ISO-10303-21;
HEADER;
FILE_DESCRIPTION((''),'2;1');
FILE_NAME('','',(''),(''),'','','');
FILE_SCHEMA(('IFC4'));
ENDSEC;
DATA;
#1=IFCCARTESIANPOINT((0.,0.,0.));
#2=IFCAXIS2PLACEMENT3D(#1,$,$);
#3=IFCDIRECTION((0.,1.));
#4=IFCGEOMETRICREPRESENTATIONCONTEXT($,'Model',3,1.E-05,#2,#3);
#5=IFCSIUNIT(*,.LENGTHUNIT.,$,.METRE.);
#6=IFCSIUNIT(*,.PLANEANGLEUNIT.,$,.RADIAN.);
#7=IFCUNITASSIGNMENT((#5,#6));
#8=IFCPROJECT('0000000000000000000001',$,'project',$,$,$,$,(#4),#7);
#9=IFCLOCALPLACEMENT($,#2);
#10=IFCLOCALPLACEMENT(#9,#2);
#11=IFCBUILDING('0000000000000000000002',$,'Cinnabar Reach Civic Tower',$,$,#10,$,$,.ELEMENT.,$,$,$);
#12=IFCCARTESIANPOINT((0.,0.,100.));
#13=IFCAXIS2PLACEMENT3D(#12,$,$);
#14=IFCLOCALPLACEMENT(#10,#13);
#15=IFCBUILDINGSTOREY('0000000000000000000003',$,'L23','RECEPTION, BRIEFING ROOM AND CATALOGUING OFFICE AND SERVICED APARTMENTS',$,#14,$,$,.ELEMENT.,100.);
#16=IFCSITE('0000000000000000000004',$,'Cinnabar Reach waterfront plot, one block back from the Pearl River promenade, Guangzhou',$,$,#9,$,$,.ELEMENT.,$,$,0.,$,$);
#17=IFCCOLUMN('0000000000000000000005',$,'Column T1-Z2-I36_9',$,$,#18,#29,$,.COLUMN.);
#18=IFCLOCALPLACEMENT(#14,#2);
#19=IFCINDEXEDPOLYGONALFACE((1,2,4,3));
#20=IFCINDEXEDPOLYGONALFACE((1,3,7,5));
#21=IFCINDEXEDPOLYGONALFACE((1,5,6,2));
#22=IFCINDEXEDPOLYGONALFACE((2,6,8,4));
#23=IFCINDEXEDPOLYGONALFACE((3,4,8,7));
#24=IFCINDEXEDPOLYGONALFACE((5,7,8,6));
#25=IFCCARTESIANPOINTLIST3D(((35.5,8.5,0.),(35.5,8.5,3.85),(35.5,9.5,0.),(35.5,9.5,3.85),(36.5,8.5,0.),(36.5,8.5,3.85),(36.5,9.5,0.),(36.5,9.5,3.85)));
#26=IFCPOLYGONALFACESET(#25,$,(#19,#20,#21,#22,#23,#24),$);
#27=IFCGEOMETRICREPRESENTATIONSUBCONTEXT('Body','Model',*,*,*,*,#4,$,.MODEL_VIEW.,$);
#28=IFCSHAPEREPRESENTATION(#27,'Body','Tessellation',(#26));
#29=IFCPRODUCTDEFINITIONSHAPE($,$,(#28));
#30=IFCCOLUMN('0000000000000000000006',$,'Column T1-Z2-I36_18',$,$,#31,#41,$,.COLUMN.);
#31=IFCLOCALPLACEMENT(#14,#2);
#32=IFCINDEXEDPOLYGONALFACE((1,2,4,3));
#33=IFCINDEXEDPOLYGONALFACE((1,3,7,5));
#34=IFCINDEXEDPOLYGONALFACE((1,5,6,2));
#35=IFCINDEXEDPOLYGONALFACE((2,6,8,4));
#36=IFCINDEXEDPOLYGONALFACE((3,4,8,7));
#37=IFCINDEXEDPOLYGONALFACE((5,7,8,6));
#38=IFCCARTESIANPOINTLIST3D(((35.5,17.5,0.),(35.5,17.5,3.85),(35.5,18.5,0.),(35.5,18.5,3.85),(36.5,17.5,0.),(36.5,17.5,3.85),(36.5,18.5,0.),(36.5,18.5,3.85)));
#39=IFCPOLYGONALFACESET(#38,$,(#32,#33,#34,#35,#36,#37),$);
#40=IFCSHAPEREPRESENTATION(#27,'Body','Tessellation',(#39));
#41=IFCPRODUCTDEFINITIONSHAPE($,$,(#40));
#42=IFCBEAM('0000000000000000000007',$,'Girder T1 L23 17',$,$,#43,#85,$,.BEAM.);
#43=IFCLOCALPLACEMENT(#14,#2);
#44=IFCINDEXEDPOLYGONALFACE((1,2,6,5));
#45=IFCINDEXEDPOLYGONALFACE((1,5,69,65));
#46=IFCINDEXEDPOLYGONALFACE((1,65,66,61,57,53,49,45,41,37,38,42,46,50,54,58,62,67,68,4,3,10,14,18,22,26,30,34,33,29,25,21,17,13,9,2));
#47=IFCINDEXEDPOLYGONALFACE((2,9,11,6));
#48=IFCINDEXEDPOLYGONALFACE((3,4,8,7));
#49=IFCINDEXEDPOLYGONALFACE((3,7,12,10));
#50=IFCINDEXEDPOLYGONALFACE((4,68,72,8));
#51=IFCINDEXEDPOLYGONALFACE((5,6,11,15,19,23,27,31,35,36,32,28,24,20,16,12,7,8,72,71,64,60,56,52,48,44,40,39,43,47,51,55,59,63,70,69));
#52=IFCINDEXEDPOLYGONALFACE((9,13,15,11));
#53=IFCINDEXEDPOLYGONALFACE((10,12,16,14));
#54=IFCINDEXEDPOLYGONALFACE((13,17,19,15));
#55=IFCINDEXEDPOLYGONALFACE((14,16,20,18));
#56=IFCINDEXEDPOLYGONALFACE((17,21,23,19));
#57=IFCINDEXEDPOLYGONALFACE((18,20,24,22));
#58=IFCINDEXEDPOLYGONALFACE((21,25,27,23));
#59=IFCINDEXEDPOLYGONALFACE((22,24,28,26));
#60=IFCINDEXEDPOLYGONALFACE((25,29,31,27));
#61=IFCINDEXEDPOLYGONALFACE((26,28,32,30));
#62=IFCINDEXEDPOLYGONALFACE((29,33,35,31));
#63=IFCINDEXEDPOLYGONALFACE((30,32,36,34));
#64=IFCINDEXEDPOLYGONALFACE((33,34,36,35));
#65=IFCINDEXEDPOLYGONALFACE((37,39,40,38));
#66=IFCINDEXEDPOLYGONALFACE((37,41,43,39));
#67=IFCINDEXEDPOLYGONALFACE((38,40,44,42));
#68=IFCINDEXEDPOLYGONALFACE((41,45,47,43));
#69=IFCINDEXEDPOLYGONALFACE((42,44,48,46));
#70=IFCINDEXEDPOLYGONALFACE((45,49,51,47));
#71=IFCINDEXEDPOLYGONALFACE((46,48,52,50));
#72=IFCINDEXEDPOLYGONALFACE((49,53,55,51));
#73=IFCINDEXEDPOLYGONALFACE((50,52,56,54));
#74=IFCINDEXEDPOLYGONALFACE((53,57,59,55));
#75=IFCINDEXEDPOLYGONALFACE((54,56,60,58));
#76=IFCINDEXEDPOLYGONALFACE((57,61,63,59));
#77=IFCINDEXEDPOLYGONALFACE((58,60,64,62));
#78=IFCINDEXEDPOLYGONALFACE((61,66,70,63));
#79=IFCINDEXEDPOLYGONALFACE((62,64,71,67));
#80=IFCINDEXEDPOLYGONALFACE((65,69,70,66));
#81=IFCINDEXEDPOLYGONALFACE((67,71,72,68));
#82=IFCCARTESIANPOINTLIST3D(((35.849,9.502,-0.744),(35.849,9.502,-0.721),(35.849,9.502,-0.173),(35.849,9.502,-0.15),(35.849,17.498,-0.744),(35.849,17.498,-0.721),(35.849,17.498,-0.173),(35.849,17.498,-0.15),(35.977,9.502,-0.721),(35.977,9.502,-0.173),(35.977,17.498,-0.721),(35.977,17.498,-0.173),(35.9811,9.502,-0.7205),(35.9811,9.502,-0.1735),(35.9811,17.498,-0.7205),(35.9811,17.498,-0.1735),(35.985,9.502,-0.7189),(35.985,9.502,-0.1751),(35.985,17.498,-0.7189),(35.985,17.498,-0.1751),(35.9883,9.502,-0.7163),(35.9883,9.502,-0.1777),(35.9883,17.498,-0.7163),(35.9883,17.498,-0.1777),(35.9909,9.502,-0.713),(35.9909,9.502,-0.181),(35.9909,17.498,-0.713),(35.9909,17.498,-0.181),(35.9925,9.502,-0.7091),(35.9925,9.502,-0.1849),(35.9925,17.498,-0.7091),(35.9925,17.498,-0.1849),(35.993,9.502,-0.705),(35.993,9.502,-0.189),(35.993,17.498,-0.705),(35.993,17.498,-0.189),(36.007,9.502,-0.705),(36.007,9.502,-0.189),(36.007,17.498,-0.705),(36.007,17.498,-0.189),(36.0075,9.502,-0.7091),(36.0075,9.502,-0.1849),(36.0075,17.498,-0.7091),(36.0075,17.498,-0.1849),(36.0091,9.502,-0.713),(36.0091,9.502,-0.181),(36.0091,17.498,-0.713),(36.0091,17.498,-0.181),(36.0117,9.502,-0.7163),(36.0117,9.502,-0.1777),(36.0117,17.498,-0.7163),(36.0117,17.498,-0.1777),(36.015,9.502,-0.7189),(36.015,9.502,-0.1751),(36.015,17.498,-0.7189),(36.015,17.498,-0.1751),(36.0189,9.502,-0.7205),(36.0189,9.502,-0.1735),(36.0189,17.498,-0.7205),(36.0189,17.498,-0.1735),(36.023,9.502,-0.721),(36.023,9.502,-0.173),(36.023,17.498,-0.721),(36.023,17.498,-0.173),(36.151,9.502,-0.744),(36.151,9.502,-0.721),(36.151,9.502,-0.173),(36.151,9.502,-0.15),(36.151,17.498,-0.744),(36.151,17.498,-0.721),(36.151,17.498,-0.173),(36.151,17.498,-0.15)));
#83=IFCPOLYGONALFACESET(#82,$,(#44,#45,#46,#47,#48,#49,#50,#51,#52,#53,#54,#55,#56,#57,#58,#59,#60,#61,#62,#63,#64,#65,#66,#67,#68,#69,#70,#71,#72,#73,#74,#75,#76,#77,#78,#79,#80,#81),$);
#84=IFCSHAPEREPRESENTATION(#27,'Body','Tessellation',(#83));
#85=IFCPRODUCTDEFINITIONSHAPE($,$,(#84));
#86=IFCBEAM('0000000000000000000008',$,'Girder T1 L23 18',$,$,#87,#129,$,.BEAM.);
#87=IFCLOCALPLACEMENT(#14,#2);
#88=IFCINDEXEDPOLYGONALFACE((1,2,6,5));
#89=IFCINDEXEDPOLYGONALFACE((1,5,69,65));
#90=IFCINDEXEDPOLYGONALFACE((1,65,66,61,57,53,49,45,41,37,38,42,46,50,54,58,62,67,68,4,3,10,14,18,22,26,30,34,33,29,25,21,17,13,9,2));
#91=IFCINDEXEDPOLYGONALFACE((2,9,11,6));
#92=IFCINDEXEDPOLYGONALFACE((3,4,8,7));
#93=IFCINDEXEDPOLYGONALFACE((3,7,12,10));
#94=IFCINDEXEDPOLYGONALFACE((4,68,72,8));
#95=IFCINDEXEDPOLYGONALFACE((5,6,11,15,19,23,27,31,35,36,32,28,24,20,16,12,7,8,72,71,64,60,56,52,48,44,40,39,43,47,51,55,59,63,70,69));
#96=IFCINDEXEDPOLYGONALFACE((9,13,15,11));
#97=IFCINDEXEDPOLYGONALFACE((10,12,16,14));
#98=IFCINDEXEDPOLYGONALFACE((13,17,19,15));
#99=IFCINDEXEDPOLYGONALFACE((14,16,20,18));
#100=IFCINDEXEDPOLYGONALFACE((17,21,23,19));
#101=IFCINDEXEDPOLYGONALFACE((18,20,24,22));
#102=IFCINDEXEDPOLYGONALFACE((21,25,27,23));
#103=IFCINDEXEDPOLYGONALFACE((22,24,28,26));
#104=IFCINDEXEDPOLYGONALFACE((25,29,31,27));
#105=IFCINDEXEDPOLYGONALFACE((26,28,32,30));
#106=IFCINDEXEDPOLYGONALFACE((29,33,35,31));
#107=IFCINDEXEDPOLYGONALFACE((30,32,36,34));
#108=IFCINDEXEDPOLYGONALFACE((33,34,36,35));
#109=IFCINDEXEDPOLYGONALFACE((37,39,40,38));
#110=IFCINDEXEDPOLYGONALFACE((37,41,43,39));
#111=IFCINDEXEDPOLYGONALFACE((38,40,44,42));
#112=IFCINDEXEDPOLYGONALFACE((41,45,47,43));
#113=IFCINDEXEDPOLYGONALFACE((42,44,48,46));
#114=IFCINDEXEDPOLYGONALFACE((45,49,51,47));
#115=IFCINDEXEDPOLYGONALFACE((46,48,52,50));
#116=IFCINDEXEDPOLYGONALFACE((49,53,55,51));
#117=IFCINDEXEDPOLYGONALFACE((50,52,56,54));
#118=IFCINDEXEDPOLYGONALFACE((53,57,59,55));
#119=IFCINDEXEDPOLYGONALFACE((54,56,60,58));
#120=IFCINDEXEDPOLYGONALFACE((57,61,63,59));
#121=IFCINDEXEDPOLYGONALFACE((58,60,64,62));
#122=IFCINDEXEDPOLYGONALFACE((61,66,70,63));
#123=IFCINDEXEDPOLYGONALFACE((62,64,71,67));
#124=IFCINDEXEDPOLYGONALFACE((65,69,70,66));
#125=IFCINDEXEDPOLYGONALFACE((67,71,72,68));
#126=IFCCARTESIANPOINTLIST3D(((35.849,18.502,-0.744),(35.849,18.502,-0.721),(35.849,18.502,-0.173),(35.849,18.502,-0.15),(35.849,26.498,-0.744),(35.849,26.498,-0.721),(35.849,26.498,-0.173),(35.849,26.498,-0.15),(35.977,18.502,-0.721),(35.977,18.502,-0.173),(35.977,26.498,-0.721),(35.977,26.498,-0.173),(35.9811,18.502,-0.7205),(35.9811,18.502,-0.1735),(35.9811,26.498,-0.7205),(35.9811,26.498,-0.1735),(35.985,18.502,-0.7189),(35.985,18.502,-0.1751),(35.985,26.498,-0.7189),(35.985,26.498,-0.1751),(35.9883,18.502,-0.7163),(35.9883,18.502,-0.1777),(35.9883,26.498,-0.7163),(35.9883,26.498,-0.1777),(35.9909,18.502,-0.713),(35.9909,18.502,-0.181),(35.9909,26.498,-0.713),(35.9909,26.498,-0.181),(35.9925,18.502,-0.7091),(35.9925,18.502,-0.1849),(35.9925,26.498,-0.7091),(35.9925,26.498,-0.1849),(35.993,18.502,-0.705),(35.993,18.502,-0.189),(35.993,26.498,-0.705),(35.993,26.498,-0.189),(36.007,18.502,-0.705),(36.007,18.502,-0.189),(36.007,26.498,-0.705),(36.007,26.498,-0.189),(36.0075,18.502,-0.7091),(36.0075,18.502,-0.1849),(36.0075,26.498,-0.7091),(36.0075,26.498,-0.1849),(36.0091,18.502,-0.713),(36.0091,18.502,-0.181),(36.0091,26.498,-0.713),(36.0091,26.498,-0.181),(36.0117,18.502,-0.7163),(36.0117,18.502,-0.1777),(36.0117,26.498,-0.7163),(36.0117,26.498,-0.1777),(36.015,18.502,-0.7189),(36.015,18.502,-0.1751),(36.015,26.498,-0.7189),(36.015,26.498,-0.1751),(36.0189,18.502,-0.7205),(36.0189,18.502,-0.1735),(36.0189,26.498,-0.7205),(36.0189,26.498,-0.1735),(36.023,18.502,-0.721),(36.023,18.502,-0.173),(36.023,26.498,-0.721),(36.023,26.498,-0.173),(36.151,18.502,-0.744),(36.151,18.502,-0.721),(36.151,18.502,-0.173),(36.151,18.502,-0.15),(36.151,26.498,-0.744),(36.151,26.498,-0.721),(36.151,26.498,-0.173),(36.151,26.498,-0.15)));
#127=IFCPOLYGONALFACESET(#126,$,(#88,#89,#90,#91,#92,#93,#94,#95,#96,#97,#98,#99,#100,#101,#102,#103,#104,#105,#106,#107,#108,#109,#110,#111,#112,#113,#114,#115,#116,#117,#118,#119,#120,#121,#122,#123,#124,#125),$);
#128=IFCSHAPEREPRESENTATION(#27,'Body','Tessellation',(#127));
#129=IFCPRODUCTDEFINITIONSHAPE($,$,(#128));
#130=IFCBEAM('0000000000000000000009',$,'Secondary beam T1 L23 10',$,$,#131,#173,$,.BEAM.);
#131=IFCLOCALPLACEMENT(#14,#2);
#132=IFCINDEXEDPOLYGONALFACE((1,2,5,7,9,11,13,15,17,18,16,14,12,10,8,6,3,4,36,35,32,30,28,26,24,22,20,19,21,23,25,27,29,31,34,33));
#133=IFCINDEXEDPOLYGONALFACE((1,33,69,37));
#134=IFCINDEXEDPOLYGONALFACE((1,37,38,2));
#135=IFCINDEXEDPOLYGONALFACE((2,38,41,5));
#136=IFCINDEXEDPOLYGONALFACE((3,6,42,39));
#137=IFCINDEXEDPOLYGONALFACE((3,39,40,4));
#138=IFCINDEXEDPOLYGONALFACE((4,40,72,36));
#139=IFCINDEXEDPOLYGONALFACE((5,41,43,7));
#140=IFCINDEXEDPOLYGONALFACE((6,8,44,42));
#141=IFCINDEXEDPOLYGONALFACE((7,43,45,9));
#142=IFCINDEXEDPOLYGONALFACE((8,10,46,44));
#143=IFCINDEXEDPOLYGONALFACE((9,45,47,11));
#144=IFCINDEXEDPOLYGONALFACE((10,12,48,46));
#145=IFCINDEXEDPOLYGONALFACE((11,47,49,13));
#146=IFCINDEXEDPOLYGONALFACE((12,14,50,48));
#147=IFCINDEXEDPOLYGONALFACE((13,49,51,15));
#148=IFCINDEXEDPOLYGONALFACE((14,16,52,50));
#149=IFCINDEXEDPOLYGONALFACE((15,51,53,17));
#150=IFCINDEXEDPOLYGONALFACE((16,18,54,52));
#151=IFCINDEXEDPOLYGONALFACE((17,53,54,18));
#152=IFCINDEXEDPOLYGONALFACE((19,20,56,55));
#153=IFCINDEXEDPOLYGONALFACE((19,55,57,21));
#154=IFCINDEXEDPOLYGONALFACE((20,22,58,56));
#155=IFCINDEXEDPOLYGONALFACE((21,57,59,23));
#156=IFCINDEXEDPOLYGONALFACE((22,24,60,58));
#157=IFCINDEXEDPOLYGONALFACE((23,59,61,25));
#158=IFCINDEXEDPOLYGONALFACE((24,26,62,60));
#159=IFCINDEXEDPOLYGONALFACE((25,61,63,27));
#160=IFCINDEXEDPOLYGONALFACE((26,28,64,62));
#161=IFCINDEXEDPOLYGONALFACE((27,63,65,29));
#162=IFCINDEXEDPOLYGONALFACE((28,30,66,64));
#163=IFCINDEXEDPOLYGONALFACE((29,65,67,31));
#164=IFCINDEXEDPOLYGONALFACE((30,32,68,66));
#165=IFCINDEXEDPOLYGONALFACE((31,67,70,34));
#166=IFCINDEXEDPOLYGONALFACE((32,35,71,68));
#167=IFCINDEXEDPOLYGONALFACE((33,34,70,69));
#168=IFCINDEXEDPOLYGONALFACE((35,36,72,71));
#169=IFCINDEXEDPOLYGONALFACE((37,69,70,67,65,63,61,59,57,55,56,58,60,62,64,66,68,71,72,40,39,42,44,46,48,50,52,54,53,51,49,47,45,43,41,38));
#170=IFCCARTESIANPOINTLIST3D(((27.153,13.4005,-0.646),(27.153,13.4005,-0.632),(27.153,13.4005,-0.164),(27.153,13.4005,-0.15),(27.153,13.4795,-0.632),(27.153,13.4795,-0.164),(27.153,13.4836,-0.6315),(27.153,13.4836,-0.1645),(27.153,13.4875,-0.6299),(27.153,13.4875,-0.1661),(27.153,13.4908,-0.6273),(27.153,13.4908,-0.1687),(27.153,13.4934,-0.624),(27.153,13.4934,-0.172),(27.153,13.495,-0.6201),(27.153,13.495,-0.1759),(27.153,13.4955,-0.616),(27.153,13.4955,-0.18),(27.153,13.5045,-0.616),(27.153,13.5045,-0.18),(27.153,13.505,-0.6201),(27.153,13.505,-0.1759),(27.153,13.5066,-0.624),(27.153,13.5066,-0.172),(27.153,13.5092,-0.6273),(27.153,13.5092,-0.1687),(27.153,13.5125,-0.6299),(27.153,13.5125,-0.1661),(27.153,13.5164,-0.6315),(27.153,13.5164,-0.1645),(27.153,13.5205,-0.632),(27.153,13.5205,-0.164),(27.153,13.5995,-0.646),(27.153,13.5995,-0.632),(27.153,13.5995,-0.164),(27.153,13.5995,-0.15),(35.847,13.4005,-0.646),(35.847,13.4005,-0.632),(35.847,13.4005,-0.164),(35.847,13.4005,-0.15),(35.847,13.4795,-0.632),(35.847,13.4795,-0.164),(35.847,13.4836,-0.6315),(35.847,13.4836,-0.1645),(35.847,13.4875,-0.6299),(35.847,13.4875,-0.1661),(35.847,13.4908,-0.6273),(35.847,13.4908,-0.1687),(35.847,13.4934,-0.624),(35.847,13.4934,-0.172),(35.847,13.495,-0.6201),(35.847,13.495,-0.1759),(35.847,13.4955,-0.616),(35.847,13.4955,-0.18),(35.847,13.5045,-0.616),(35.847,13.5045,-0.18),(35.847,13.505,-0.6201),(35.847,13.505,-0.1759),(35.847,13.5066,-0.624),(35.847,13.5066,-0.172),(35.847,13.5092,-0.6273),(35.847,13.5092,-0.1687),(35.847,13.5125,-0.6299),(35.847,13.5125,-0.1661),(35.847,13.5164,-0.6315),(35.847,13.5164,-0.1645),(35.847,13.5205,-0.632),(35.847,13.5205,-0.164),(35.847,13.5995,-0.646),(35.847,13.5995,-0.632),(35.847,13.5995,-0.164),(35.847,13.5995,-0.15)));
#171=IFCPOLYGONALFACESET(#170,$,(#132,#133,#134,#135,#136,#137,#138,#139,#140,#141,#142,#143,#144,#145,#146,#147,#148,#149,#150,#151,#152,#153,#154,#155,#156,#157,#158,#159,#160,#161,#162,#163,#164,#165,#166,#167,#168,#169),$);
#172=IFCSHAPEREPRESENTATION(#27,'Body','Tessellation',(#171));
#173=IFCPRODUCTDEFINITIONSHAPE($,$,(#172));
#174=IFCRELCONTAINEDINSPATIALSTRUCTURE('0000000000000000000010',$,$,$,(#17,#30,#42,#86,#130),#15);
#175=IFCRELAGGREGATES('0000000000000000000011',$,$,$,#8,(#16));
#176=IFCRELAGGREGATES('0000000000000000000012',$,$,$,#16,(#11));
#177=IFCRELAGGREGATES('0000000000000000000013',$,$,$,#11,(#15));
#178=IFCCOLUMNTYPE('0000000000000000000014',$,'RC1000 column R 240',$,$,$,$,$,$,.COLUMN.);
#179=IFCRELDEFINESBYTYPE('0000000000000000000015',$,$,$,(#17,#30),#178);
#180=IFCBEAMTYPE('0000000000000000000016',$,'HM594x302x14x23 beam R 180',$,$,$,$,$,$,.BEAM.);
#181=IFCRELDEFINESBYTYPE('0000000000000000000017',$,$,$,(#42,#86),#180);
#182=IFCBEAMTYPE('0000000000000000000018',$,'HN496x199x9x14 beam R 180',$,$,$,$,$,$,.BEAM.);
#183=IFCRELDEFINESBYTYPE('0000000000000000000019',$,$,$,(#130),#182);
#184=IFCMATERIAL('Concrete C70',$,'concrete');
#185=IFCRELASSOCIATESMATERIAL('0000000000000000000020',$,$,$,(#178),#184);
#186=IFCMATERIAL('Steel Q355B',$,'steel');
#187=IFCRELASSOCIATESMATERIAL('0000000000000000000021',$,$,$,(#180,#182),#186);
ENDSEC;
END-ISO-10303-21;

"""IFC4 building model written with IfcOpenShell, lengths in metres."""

from ifc_helpers import new_model, si_unit, direction, frame, origin, origin_2d, place, context, subcontext, project, spatial, rectangle, i_section, extrude, material, material_profile, profile_set, type_object, element, save


model = new_model("IFC4")

# Units and contexts
model_context = context("Model", 3, precision=1e-05, world=origin(), true_north=direction((0.0, 1.0)))
body_context = subcontext(model_context, "Body", "Model", "MODEL_VIEW")
ifc_project = project(units=[si_unit("LENGTHUNIT", "METRE"), si_unit("PLANEANGLEUNIT", "RADIAN")], contexts=[model_context])

# Site, building, storey
site_placement = place(None, origin())
site = spatial("IfcSite", under=ifc_project, at=site_placement, Name="Cinnabar Reach waterfront plot, one block back from the Pearl River promenade, Guangzhou", CompositionType="ELEMENT", RefElevation=0.0)
building_placement = place(site_placement, origin())
building = spatial("IfcBuilding", under=site, at=building_placement, Name="Cinnabar Reach Civic Tower", CompositionType="ELEMENT")
storey_placement = place(building_placement, frame((0.0, 0.0, 100.0)))
storey = spatial("IfcBuildingStorey", under=building, at=storey_placement, Name="L23", Description="RECEPTION, BRIEFING ROOM AND CATALOGUING OFFICE AND SERVICED APARTMENTS", CompositionType="ELEMENT", Elevation=100.0)

# Columns
ifc_material_1 = material(Name="Concrete C70", Category="concrete")
ifc_material_profile_1 = material_profile(ifc_material_1, rectangle(XDim=1.0, YDim=1.0, at=origin_2d()), Name="RC1000")
ifc_profile_set_1 = profile_set([ifc_material_profile_1], Name="Concrete C70")
column_type = type_object("IfcColumnType", Name="RC1000 column R 240", PredefinedType="COLUMN", material=ifc_profile_set_1)
for number, where, z_axis, x_axis, name in (
    (1, (36.0, 9.0, 0.0), (0.0, 0.0, 1.0), (1.0, 0.0, 0.0), "Column T1-Z2-I36_9"),
    (2, (36.0, 18.0, 0.0), (0.0, 0.0, 1.0), (1.0, 0.0, 0.0), "Column T1-Z2-I36_18"),
):
    element("IfcColumn", number, at=place(storey_placement, frame(where, z_axis=z_axis, x_axis=x_axis)), inside=storey, type_object=column_type, Name=name, PredefinedType="COLUMN", context=body_context, shape_type="SweptSolid", body=[
        extrude(rectangle(XDim=1.0, YDim=1.0, at=origin_2d()), origin(), (0.0, 0.0, 1.0), 3.85),
    ])

# Beams
ifc_material_2 = material(Name="Steel Q355B", Category="steel")
ifc_material_profile_2 = material_profile(ifc_material_2, i_section(OverallWidth=0.302, OverallDepth=0.594, WebThickness=0.014, FlangeThickness=0.023, FilletRadius=0.016, at=origin_2d()), Name="HM594x302x14x23")
ifc_profile_set_2 = profile_set([ifc_material_profile_2], Name="Steel Q355B")
beam_type_1 = type_object("IfcBeamType", Name="HM594x302x14x23 beam R 180", PredefinedType="BEAM", material=ifc_profile_set_2)
for number, where, z_axis, x_axis, name in (
    (3, (36.0, 9.502, -0.447), (0.0, 1.0, 0.0), (-1.0, 0.0, 0.0), "Girder T1 L23 17"),
    (4, (36.0, 18.502, -0.447), (0.0, 1.0, 0.0), (-1.0, 0.0, 0.0), "Girder T1 L23 18"),
):
    element("IfcBeam", number, at=place(storey_placement, frame(where, z_axis=z_axis, x_axis=x_axis)), inside=storey, type_object=beam_type_1, Name=name, PredefinedType="BEAM", context=body_context, shape_type="SweptSolid", body=[
        extrude(i_section(OverallWidth=0.302, OverallDepth=0.594, WebThickness=0.014, FlangeThickness=0.023, FilletRadius=0.016, at=origin_2d()), origin(), (0.0, 0.0, 1.0), 7.996),
    ])
ifc_material_profile_3 = material_profile(ifc_material_2, i_section(OverallWidth=0.199, OverallDepth=0.496, WebThickness=0.009, FlangeThickness=0.014, FilletRadius=0.016, at=origin_2d()), Name="HN496x199x9x14")
ifc_profile_set_3 = profile_set([ifc_material_profile_3], Name="Steel Q355B")
beam_type_2 = type_object("IfcBeamType", Name="HN496x199x9x14 beam R 180", PredefinedType="BEAM", material=ifc_profile_set_3)
for number, where, z_axis, x_axis, name in (
    (5, (27.153, 13.5, -0.398), (1.0, 0.0, 0.0), (0.0, 1.0, 0.0), "Secondary beam T1 L23 10"),
):
    element("IfcBeam", number, at=place(storey_placement, frame(where, z_axis=z_axis, x_axis=x_axis)), inside=storey, type_object=beam_type_2, Name=name, PredefinedType="BEAM", context=body_context, shape_type="SweptSolid", body=[
        extrude(i_section(OverallWidth=0.199, OverallDepth=0.496, WebThickness=0.009, FlangeThickness=0.014, FilletRadius=0.016, at=origin_2d()), origin(), (0.0, 0.0, 1.0), 8.694),
    ])

save(model, "model.ifc")
